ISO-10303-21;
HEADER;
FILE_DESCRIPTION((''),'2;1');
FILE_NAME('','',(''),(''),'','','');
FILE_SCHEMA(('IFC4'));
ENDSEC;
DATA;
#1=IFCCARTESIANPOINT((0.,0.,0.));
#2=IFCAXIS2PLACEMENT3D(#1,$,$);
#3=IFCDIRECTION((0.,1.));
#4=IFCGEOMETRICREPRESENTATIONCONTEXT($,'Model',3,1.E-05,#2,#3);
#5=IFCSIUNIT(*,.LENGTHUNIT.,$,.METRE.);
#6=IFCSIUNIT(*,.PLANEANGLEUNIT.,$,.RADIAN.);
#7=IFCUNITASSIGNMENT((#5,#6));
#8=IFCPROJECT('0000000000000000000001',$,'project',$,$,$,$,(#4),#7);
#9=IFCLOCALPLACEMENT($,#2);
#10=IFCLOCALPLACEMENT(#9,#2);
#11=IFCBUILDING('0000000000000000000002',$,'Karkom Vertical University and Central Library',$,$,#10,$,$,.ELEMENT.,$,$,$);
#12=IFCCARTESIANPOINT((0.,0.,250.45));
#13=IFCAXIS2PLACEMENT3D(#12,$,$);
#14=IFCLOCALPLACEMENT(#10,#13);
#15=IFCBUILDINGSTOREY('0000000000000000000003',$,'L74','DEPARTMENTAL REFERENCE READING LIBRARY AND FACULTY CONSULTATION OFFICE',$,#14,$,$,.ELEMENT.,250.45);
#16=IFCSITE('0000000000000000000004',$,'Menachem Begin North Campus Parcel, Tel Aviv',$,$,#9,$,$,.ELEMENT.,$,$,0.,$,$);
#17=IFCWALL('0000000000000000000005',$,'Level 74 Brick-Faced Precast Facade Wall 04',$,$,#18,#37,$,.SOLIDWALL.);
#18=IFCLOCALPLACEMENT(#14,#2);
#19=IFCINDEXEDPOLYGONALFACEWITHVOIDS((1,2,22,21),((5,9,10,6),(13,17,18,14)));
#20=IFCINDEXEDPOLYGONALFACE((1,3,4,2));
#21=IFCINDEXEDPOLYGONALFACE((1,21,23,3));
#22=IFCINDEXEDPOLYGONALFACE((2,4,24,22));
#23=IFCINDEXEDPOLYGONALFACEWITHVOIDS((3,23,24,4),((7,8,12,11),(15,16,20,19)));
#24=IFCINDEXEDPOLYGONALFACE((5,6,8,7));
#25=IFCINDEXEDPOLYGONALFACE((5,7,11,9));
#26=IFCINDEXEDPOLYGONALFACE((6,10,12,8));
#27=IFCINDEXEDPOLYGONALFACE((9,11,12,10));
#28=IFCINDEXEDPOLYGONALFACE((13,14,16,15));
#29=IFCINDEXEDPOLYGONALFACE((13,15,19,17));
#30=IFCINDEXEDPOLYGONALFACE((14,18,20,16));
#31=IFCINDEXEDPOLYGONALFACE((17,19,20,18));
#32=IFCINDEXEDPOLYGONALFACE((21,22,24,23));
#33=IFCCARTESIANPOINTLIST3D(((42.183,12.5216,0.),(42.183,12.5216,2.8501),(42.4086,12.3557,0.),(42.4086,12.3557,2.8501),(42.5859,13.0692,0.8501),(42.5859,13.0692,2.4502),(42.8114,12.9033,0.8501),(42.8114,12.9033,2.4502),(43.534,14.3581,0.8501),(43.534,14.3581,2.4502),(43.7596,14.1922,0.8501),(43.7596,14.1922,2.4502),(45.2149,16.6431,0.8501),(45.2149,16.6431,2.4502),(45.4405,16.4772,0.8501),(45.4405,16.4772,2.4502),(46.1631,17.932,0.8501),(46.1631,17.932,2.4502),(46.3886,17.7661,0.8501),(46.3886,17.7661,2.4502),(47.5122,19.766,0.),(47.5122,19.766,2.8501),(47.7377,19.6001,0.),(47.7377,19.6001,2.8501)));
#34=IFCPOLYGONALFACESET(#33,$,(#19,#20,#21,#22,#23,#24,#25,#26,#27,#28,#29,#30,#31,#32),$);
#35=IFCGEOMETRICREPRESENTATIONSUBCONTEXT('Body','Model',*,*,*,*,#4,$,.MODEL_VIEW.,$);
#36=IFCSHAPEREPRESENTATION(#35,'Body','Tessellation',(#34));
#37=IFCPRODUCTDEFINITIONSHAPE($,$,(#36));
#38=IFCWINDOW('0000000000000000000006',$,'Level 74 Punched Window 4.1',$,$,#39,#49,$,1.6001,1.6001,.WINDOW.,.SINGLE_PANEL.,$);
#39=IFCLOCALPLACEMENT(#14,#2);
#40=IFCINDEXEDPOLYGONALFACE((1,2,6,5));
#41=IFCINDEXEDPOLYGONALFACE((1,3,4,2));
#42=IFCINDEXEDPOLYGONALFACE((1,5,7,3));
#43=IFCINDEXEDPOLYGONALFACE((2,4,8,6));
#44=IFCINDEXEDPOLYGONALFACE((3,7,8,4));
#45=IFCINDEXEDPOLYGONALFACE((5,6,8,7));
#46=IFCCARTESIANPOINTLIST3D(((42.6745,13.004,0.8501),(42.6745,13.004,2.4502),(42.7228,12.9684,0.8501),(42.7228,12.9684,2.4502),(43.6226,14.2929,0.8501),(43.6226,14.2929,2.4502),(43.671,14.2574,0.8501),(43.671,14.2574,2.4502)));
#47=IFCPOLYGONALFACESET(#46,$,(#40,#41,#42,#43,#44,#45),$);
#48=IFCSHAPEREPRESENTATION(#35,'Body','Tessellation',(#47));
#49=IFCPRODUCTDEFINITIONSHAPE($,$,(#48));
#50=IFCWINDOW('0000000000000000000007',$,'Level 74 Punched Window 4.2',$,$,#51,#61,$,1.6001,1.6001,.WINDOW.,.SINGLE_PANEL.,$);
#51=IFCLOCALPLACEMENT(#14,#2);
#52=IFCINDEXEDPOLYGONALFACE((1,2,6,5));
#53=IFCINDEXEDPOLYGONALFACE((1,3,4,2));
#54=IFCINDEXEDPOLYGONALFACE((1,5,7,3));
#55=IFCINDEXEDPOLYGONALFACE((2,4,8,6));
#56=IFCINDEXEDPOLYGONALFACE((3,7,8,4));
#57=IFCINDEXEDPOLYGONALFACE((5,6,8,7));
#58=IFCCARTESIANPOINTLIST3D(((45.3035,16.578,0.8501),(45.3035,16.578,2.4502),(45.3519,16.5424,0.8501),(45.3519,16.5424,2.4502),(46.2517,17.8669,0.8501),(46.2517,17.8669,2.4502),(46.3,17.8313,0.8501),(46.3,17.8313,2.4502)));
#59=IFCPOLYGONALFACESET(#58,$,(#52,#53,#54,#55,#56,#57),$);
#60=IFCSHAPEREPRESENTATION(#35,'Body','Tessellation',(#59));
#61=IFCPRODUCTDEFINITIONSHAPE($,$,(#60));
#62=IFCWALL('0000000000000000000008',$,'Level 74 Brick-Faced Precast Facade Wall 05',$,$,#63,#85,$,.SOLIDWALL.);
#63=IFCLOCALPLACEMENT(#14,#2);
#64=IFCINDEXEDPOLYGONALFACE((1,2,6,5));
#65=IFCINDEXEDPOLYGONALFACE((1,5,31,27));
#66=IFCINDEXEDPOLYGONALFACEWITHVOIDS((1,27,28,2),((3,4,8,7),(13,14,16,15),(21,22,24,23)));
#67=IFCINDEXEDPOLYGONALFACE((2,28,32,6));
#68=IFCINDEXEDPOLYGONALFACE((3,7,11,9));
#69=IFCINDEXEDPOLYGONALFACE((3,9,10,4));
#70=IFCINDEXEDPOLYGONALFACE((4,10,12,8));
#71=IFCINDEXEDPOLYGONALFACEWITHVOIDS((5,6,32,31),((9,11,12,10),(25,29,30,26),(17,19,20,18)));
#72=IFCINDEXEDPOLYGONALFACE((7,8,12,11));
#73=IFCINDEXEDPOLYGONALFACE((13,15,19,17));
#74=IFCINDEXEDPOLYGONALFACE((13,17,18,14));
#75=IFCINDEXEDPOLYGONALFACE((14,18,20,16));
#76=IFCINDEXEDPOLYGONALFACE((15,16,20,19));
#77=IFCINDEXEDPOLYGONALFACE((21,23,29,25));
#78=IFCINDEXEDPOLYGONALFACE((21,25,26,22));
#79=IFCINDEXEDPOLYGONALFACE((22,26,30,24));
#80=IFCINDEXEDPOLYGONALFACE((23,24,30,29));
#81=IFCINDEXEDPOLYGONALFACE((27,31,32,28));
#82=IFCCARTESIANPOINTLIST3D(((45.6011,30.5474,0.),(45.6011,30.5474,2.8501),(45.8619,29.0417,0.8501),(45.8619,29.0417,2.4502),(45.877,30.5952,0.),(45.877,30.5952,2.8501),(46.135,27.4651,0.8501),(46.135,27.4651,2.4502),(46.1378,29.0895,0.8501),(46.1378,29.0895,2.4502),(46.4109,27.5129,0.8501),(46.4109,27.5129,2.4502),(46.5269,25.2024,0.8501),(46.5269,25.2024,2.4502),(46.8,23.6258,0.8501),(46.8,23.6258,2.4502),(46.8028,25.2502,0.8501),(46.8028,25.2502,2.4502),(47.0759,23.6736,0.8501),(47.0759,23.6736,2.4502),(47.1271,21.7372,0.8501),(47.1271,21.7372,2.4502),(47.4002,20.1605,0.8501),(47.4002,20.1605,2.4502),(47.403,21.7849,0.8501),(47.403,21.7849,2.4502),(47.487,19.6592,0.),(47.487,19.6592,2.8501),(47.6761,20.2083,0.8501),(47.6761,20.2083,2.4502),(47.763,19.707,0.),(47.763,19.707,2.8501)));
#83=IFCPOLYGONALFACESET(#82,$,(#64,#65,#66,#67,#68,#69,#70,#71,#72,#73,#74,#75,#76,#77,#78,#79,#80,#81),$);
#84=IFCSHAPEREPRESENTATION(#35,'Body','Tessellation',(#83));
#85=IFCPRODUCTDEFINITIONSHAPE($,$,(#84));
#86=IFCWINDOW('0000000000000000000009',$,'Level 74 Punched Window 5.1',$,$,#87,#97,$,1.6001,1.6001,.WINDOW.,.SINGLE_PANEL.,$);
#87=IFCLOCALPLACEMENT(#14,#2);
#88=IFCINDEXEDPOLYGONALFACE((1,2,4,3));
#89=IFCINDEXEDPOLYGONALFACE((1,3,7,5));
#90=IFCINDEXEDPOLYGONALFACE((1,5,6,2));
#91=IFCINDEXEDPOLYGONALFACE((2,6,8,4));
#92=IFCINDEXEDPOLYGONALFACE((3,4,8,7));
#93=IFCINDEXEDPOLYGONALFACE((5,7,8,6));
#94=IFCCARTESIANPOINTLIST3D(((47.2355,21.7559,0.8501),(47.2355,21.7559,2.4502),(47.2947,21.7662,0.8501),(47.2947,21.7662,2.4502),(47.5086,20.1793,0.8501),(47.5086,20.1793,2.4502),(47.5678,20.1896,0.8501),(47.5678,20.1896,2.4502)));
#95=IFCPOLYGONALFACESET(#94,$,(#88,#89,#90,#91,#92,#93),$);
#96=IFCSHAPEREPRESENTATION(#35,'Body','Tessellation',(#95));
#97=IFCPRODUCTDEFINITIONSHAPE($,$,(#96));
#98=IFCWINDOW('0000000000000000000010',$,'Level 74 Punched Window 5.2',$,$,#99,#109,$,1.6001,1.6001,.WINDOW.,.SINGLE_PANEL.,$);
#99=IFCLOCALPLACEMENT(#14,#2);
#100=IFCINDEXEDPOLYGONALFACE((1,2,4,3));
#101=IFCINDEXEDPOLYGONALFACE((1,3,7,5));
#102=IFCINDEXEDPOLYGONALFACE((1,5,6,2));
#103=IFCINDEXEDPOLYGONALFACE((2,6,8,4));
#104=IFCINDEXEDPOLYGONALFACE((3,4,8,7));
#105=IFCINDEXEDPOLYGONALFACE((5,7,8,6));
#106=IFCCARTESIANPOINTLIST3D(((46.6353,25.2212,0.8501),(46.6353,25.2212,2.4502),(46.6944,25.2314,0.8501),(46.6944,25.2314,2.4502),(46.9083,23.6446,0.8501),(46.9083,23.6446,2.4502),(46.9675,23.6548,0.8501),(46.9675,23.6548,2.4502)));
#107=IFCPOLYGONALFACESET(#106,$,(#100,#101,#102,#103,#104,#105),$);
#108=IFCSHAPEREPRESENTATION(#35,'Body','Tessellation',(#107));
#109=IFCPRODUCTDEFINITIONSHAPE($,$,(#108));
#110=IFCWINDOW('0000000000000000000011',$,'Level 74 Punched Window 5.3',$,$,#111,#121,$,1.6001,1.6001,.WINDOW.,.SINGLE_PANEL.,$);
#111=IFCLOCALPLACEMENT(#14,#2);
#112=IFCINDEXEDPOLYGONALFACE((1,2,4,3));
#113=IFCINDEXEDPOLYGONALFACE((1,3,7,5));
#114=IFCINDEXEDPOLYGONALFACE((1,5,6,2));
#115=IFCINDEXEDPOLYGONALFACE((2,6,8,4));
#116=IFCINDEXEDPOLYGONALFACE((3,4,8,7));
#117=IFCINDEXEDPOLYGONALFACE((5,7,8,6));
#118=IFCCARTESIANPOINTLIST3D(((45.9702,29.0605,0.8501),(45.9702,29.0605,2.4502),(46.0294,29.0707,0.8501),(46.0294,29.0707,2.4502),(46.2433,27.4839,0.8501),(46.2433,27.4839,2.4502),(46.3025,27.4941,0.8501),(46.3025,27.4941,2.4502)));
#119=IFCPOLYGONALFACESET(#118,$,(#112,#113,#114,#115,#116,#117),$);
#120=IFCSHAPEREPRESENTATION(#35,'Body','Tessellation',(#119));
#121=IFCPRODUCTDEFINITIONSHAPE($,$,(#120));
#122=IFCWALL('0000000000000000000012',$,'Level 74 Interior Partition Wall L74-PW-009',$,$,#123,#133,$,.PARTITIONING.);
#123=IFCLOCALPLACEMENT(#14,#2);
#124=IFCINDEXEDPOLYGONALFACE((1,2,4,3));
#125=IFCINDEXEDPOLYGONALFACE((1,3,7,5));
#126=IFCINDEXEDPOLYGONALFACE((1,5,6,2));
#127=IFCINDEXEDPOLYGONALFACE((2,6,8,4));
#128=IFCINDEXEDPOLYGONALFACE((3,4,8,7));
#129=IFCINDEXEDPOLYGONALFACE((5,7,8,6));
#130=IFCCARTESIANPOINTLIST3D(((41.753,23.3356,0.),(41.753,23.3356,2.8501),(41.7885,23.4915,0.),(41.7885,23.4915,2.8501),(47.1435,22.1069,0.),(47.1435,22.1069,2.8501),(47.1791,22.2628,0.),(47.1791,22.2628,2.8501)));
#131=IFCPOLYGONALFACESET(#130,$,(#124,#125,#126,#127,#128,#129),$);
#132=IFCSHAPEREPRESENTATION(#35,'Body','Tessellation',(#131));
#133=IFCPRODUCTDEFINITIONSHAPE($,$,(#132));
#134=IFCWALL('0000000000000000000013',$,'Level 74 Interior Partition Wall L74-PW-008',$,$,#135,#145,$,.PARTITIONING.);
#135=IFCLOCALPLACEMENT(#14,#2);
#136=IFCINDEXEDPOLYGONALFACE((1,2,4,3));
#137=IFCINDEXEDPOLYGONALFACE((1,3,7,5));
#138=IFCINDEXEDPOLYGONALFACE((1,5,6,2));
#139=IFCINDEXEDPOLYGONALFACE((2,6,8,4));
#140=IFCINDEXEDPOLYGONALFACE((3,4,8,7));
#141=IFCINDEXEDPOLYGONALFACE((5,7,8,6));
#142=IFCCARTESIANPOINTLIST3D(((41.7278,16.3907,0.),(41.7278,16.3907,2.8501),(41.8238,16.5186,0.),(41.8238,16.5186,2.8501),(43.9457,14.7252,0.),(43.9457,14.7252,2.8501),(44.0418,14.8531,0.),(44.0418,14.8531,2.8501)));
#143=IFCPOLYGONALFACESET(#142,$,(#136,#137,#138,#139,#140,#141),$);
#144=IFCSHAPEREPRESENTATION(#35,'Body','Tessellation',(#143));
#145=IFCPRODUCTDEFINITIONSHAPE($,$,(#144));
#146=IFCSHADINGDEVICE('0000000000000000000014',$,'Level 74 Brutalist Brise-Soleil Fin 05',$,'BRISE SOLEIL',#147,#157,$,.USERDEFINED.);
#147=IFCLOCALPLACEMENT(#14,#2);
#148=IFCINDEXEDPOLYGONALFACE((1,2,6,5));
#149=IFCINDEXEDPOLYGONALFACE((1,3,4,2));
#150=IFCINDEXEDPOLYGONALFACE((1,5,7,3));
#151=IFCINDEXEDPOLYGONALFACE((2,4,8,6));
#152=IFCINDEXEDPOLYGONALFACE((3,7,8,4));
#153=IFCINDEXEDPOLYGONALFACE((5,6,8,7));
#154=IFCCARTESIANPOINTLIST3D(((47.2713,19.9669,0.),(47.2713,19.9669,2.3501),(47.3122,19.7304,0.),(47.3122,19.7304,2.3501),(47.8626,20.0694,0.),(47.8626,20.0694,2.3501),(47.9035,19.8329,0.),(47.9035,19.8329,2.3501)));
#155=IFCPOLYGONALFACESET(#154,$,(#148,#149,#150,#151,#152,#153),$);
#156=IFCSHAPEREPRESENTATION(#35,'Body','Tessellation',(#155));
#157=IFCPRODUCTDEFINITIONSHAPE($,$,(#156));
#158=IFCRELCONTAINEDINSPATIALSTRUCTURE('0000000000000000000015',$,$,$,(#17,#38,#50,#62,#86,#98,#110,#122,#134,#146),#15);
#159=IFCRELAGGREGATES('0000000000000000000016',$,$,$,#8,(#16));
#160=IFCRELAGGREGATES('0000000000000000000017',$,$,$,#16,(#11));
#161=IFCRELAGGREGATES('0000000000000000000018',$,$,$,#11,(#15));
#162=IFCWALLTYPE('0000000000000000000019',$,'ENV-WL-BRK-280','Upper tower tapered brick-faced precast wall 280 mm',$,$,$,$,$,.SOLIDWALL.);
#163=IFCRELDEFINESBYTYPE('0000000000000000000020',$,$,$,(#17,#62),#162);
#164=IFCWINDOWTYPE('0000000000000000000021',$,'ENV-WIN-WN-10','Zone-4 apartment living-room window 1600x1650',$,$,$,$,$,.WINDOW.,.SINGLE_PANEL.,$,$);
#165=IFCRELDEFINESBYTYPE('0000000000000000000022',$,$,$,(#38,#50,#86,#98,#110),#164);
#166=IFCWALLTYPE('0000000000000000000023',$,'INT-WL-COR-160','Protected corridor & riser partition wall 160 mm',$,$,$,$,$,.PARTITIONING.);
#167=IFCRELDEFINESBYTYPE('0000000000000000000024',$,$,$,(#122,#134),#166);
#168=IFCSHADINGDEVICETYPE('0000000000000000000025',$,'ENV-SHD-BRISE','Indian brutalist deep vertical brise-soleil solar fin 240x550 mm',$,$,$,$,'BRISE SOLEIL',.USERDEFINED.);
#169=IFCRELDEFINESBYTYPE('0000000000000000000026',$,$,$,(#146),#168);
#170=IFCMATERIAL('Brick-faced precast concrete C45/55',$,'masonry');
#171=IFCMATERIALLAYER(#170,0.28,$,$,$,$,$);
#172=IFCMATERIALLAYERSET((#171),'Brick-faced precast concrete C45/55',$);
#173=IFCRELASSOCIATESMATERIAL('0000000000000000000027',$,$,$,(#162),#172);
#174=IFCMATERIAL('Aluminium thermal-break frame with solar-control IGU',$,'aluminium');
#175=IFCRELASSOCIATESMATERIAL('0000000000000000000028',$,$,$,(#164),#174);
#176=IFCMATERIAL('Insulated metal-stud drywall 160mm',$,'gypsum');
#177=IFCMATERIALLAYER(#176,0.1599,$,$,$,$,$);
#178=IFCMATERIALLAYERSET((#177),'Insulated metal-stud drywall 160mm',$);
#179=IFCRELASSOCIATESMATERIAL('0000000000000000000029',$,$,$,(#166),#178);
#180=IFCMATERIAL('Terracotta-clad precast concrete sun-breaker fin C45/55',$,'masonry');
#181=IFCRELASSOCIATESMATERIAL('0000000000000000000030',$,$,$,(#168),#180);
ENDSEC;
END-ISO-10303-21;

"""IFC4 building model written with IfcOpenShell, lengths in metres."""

from ifc_helpers import new_model, si_unit, direction, frame, frame_2d, origin, origin_with_axes, origin_2d, place, context, subcontext, project, spatial, rectangle, extrude, source, transform, mapped, material, layer, layer_set, type_object, element, fill, save


model = new_model("IFC4")

# Units and contexts
model_context = context("Model", 3, precision=1e-05, world=origin(), true_north=direction((0.0, 1.0)))
body_context = subcontext(model_context, "Body", "Model", "MODEL_VIEW")
ifc_project = project(units=[si_unit("LENGTHUNIT", "METRE"), si_unit("PLANEANGLEUNIT", "RADIAN")], contexts=[model_context])

# Site, building, storey
site_placement = place(None, origin())
site = spatial("IfcSite", under=ifc_project, at=site_placement, Name="Menachem Begin North Campus Parcel, Tel Aviv", CompositionType="ELEMENT", RefElevation=0.0)
building_placement = place(site_placement, origin())
building = spatial("IfcBuilding", under=site, at=building_placement, Name="Karkom Vertical University and Central Library", CompositionType="ELEMENT")
storey_placement = place(building_placement, frame((0.0, 0.0, 250.45)))
storey = spatial("IfcBuildingStorey", under=building, at=storey_placement, Name="L74", Description="DEPARTMENTAL REFERENCE READING LIBRARY AND FACULTY CONSULTATION OFFICE", CompositionType="ELEMENT", Elevation=250.45)

# Walls, openings, windows
ifc_material_1 = material(Name="Brick-faced precast concrete C45/55", Category="masonry")
ifc_layer_1 = layer(ifc_material_1, 0.28)
ifc_layer_set_1 = layer_set([ifc_layer_1], Name="Brick-faced precast concrete C45/55")
wall_type_1 = type_object("IfcWallType", Name="ENV-WL-BRK-280", Description="Upper tower tapered brick-faced precast wall 280 mm", PredefinedType="SOLIDWALL", material=ifc_layer_set_1)
wall_1_placement = place(storey_placement, frame((42.2959, 12.4387, 0.0), z_axis=(0.0, 0.0, 1.0), x_axis=(0.59256, 0.805526, 0.0)))
wall_1 = element("IfcWall", 1, at=wall_1_placement, inside=storey, type_object=wall_type_1, Name="Level 74 Brick-Faced Precast Facade Wall 04", PredefinedType="SOLIDWALL", context=body_context, shape_type="SweptSolid", body=[
    extrude(rectangle(XDim=8.9934, YDim=0.28, at=frame_2d((4.4966, 0.0))), origin(), (0.0, 0.0, 1.0), 2.8501),
])
opening_1_placement = place(wall_1_placement, frame((0.6797, 0.0, 0.8501)))
opening_1 = element("IfcOpeningElement", 2, at=opening_1_placement, cuts=wall_1, PredefinedType="OPENING", context=body_context, shape_type="SweptSolid", body=[
    extrude(rectangle(XDim=1.6001, YDim=1.6001, at=frame_2d((0.8, 0.8))), frame((0.0, 0.1499, 0.0), z_axis=(0.0, -1.0, 0.0), x_axis=(1.0, 0.0, 0.0)), (0.0, 0.0, 1.0), 0.3),
])
opening_2_placement = place(wall_1_placement, frame((5.1165, 0.0, 0.8501)))
opening_2 = element("IfcOpeningElement", 3, at=opening_2_placement, cuts=wall_1, PredefinedType="OPENING", context=body_context, shape_type="SweptSolid", body=[
    extrude(rectangle(XDim=1.6001, YDim=1.6001, at=frame_2d((0.8, 0.8))), frame((0.0, 0.1499, 0.0), z_axis=(0.0, -1.0, 0.0), x_axis=(1.0, 0.0, 0.0)), (0.0, 0.0, 1.0), 0.3),
])
ifc_material_2 = material(Name="Aluminium thermal-break frame with solar-control IGU", Category="aluminium")
window_type = type_object("IfcWindowType", Name="ENV-WIN-WN-10", Description="Zone-4 apartment living-room window 1600x1650", PartitioningType="SINGLE_PANEL", PredefinedType="WINDOW", material=ifc_material_2)
shared_shape_1 = source(origin_with_axes(), body_context, "Body", "SweptSolid", [
    extrude(rectangle(XDim=1.6001, YDim=1.6001, at=frame_2d((0.8, 0.8))), frame((0.0, 0.03, 0.0), z_axis=(0.0, -1.0, 0.0), x_axis=(1.0, 0.0, 0.0)), (0.0, 0.0, 1.0), 0.0601),
])
window_1_placement = place(opening_1_placement, origin())
window_1 = element("IfcWindow", 4, at=window_1_placement, inside=storey, type_object=window_type, Name="Level 74 Punched Window 4.1", OverallHeight=1.6001, OverallWidth=1.6001, PartitioningType="SINGLE_PANEL", PredefinedType="WINDOW", context=body_context, shape_type="MappedRepresentation", body=[
    mapped(shared_shape_1, transform((0.0, 0.0, 0.0), scale=1.0)),
])
fill(opening_1, window_1)
window_2_placement = place(opening_2_placement, origin())
window_2 = element("IfcWindow", 5, at=window_2_placement, inside=storey, type_object=window_type, Name="Level 74 Punched Window 4.2", OverallHeight=1.6001, OverallWidth=1.6001, PartitioningType="SINGLE_PANEL", PredefinedType="WINDOW", context=body_context, shape_type="MappedRepresentation", body=[
    mapped(shared_shape_1, transform((0.0, 0.0, 0.0), scale=1.0)),
])
fill(opening_2, window_2)
wall_2_placement = place(storey_placement, frame((47.625, 19.6831, 0.0), z_axis=(0.0, 0.0, 1.0), x_axis=(-0.170673, 0.985328, 0.0)))
wall_2 = element("IfcWall", 6, at=wall_2_placement, inside=storey, type_object=wall_type_1, Name="Level 74 Brick-Faced Precast Facade Wall 05", PredefinedType="SOLIDWALL", context=body_context, shape_type="SweptSolid", body=[
    extrude(rectangle(XDim=11.0503, YDim=0.28, at=frame_2d((5.5251, 0.0))), origin(), (0.0, 0.0, 1.0), 2.8501),
])
opening_3_placement = place(wall_2_placement, frame((0.5088, 0.0, 0.8501)))
opening_3 = element("IfcOpeningElement", 7, at=opening_3_placement, cuts=wall_2, PredefinedType="OPENING", context=body_context, shape_type="SweptSolid", body=[
    extrude(rectangle(XDim=1.6001, YDim=1.6001, at=frame_2d((0.8, 0.8))), frame((0.0, 0.1499, 0.0), z_axis=(0.0, -1.0, 0.0), x_axis=(1.0, 0.0, 0.0)), (0.0, 0.0, 1.0), 0.3),
])
opening_4_placement = place(wall_2_placement, frame((4.0256, 0.0, 0.8501)))
opening_4 = element("IfcOpeningElement", 8, at=opening_4_placement, cuts=wall_2, PredefinedType="OPENING", context=body_context, shape_type="SweptSolid", body=[
    extrude(rectangle(XDim=1.6001, YDim=1.6001, at=frame_2d((0.8, 0.8))), frame((0.0, 0.1499, 0.0), z_axis=(0.0, -1.0, 0.0), x_axis=(1.0, 0.0, 0.0)), (0.0, 0.0, 1.0), 0.3),
])
opening_5_placement = place(wall_2_placement, frame((7.9221, 0.0, 0.8501)))
opening_5 = element("IfcOpeningElement", 9, at=opening_5_placement, cuts=wall_2, PredefinedType="OPENING", context=body_context, shape_type="SweptSolid", body=[
    extrude(rectangle(XDim=1.6001, YDim=1.6001, at=frame_2d((0.8, 0.8))), frame((0.0, 0.1499, 0.0), z_axis=(0.0, -1.0, 0.0), x_axis=(1.0, 0.0, 0.0)), (0.0, 0.0, 1.0), 0.3),
])
window_3_placement = place(opening_3_placement, origin())
window_3 = element("IfcWindow", 10, at=window_3_placement, inside=storey, type_object=window_type, Name="Level 74 Punched Window 5.1", OverallHeight=1.6001, OverallWidth=1.6001, PartitioningType="SINGLE_PANEL", PredefinedType="WINDOW", context=body_context, shape_type="MappedRepresentation", body=[
    mapped(shared_shape_1, transform((0.0, 0.0, 0.0), scale=1.0)),
])
fill(opening_3, window_3)
window_4_placement = place(opening_4_placement, origin())
window_4 = element("IfcWindow", 11, at=window_4_placement, inside=storey, type_object=window_type, Name="Level 74 Punched Window 5.2", OverallHeight=1.6001, OverallWidth=1.6001, PartitioningType="SINGLE_PANEL", PredefinedType="WINDOW", context=body_context, shape_type="MappedRepresentation", body=[
    mapped(shared_shape_1, transform((0.0, 0.0, 0.0), scale=1.0)),
])
fill(opening_4, window_4)
window_5_placement = place(opening_5_placement, origin())
window_5 = element("IfcWindow", 12, at=window_5_placement, inside=storey, type_object=window_type, Name="Level 74 Punched Window 5.3", OverallHeight=1.6001, OverallWidth=1.6001, PartitioningType="SINGLE_PANEL", PredefinedType="WINDOW", context=body_context, shape_type="MappedRepresentation", body=[
    mapped(shared_shape_1, transform((0.0, 0.0, 0.0), scale=1.0)),
])
fill(opening_5, window_5)

# Shared definitions
ifc_material_3 = material(Name="Insulated metal-stud drywall 160mm", Category="gypsum")
ifc_layer_2 = layer(ifc_material_3, 0.1599)
ifc_layer_set_2 = layer_set([ifc_layer_2], Name="Insulated metal-stud drywall 160mm")
wall_type_2 = type_object("IfcWallType", Name="INT-WL-COR-160", Description="Protected corridor & riser partition wall 160 mm", PredefinedType="PARTITIONING", material=ifc_layer_set_2)

# Walls
wall_3_placement = place(storey_placement, frame((41.7708, 23.4136, 0.0), z_axis=(0.0, 0.0, 1.0), x_axis=(0.974991, -0.222243, 0.0)))
element("IfcWall", 13, at=wall_3_placement, inside=storey, type_object=wall_type_2, Name="Level 74 Interior Partition Wall L74-PW-009", PredefinedType="PARTITIONING", context=body_context, shape_type="SweptSolid", body=[
    extrude(rectangle(XDim=5.5288, YDim=0.1599, at=frame_2d((2.7644, 0.0))), origin(), (0.0, 0.0, 1.0), 2.8501),
])
wall_4_placement = place(storey_placement, frame((41.7759, 16.4546, 0.0), z_axis=(0.0, 0.0, 1.0), x_axis=(0.799651, -0.600465, 0.0)))
element("IfcWall", 14, at=wall_4_placement, inside=storey, type_object=wall_type_2, Name="Level 74 Interior Partition Wall L74-PW-008", PredefinedType="PARTITIONING", context=body_context, shape_type="SweptSolid", body=[
    extrude(rectangle(XDim=2.7737, YDim=0.1599, at=frame_2d((1.3867, 0.0))), origin(), (0.0, 0.0, 1.0), 2.8501),
])

# Shading device
ifc_material_4 = material(Name="Terracotta-clad precast concrete sun-breaker fin C45/55", Category="masonry")
shading_device_type = type_object("IfcShadingDeviceType", Name="ENV-SHD-BRISE", Description="Indian brutalist deep vertical brise-soleil solar fin 240x550 mm", ElementType="BRISE SOLEIL", PredefinedType="USERDEFINED", material=ifc_material_4)
shared_shape_2 = source(origin_with_axes(), body_context, "Body", "SweptSolid", [
    extrude(rectangle(XDim=0.24, YDim=0.6001, at=origin_2d()), origin(), (0.0, 0.0, 1.0), 2.3501),
])
shading_device_placement = place(storey_placement, frame((47.5874, 19.8999, 0.0), z_axis=(0.0, 0.0, 1.0), x_axis=(-0.170725, 0.985319, 0.0)))
element("IfcShadingDevice", 15, at=shading_device_placement, inside=storey, type_object=shading_device_type, Name="Level 74 Brutalist Brise-Soleil Fin 05", ObjectType="BRISE SOLEIL", PredefinedType="USERDEFINED", context=body_context, shape_type="MappedRepresentation", body=[
    mapped(shared_shape_2, transform((0.0, 0.0, 0.0), scale=1.0)),
])

save(model, "model.ifc")
